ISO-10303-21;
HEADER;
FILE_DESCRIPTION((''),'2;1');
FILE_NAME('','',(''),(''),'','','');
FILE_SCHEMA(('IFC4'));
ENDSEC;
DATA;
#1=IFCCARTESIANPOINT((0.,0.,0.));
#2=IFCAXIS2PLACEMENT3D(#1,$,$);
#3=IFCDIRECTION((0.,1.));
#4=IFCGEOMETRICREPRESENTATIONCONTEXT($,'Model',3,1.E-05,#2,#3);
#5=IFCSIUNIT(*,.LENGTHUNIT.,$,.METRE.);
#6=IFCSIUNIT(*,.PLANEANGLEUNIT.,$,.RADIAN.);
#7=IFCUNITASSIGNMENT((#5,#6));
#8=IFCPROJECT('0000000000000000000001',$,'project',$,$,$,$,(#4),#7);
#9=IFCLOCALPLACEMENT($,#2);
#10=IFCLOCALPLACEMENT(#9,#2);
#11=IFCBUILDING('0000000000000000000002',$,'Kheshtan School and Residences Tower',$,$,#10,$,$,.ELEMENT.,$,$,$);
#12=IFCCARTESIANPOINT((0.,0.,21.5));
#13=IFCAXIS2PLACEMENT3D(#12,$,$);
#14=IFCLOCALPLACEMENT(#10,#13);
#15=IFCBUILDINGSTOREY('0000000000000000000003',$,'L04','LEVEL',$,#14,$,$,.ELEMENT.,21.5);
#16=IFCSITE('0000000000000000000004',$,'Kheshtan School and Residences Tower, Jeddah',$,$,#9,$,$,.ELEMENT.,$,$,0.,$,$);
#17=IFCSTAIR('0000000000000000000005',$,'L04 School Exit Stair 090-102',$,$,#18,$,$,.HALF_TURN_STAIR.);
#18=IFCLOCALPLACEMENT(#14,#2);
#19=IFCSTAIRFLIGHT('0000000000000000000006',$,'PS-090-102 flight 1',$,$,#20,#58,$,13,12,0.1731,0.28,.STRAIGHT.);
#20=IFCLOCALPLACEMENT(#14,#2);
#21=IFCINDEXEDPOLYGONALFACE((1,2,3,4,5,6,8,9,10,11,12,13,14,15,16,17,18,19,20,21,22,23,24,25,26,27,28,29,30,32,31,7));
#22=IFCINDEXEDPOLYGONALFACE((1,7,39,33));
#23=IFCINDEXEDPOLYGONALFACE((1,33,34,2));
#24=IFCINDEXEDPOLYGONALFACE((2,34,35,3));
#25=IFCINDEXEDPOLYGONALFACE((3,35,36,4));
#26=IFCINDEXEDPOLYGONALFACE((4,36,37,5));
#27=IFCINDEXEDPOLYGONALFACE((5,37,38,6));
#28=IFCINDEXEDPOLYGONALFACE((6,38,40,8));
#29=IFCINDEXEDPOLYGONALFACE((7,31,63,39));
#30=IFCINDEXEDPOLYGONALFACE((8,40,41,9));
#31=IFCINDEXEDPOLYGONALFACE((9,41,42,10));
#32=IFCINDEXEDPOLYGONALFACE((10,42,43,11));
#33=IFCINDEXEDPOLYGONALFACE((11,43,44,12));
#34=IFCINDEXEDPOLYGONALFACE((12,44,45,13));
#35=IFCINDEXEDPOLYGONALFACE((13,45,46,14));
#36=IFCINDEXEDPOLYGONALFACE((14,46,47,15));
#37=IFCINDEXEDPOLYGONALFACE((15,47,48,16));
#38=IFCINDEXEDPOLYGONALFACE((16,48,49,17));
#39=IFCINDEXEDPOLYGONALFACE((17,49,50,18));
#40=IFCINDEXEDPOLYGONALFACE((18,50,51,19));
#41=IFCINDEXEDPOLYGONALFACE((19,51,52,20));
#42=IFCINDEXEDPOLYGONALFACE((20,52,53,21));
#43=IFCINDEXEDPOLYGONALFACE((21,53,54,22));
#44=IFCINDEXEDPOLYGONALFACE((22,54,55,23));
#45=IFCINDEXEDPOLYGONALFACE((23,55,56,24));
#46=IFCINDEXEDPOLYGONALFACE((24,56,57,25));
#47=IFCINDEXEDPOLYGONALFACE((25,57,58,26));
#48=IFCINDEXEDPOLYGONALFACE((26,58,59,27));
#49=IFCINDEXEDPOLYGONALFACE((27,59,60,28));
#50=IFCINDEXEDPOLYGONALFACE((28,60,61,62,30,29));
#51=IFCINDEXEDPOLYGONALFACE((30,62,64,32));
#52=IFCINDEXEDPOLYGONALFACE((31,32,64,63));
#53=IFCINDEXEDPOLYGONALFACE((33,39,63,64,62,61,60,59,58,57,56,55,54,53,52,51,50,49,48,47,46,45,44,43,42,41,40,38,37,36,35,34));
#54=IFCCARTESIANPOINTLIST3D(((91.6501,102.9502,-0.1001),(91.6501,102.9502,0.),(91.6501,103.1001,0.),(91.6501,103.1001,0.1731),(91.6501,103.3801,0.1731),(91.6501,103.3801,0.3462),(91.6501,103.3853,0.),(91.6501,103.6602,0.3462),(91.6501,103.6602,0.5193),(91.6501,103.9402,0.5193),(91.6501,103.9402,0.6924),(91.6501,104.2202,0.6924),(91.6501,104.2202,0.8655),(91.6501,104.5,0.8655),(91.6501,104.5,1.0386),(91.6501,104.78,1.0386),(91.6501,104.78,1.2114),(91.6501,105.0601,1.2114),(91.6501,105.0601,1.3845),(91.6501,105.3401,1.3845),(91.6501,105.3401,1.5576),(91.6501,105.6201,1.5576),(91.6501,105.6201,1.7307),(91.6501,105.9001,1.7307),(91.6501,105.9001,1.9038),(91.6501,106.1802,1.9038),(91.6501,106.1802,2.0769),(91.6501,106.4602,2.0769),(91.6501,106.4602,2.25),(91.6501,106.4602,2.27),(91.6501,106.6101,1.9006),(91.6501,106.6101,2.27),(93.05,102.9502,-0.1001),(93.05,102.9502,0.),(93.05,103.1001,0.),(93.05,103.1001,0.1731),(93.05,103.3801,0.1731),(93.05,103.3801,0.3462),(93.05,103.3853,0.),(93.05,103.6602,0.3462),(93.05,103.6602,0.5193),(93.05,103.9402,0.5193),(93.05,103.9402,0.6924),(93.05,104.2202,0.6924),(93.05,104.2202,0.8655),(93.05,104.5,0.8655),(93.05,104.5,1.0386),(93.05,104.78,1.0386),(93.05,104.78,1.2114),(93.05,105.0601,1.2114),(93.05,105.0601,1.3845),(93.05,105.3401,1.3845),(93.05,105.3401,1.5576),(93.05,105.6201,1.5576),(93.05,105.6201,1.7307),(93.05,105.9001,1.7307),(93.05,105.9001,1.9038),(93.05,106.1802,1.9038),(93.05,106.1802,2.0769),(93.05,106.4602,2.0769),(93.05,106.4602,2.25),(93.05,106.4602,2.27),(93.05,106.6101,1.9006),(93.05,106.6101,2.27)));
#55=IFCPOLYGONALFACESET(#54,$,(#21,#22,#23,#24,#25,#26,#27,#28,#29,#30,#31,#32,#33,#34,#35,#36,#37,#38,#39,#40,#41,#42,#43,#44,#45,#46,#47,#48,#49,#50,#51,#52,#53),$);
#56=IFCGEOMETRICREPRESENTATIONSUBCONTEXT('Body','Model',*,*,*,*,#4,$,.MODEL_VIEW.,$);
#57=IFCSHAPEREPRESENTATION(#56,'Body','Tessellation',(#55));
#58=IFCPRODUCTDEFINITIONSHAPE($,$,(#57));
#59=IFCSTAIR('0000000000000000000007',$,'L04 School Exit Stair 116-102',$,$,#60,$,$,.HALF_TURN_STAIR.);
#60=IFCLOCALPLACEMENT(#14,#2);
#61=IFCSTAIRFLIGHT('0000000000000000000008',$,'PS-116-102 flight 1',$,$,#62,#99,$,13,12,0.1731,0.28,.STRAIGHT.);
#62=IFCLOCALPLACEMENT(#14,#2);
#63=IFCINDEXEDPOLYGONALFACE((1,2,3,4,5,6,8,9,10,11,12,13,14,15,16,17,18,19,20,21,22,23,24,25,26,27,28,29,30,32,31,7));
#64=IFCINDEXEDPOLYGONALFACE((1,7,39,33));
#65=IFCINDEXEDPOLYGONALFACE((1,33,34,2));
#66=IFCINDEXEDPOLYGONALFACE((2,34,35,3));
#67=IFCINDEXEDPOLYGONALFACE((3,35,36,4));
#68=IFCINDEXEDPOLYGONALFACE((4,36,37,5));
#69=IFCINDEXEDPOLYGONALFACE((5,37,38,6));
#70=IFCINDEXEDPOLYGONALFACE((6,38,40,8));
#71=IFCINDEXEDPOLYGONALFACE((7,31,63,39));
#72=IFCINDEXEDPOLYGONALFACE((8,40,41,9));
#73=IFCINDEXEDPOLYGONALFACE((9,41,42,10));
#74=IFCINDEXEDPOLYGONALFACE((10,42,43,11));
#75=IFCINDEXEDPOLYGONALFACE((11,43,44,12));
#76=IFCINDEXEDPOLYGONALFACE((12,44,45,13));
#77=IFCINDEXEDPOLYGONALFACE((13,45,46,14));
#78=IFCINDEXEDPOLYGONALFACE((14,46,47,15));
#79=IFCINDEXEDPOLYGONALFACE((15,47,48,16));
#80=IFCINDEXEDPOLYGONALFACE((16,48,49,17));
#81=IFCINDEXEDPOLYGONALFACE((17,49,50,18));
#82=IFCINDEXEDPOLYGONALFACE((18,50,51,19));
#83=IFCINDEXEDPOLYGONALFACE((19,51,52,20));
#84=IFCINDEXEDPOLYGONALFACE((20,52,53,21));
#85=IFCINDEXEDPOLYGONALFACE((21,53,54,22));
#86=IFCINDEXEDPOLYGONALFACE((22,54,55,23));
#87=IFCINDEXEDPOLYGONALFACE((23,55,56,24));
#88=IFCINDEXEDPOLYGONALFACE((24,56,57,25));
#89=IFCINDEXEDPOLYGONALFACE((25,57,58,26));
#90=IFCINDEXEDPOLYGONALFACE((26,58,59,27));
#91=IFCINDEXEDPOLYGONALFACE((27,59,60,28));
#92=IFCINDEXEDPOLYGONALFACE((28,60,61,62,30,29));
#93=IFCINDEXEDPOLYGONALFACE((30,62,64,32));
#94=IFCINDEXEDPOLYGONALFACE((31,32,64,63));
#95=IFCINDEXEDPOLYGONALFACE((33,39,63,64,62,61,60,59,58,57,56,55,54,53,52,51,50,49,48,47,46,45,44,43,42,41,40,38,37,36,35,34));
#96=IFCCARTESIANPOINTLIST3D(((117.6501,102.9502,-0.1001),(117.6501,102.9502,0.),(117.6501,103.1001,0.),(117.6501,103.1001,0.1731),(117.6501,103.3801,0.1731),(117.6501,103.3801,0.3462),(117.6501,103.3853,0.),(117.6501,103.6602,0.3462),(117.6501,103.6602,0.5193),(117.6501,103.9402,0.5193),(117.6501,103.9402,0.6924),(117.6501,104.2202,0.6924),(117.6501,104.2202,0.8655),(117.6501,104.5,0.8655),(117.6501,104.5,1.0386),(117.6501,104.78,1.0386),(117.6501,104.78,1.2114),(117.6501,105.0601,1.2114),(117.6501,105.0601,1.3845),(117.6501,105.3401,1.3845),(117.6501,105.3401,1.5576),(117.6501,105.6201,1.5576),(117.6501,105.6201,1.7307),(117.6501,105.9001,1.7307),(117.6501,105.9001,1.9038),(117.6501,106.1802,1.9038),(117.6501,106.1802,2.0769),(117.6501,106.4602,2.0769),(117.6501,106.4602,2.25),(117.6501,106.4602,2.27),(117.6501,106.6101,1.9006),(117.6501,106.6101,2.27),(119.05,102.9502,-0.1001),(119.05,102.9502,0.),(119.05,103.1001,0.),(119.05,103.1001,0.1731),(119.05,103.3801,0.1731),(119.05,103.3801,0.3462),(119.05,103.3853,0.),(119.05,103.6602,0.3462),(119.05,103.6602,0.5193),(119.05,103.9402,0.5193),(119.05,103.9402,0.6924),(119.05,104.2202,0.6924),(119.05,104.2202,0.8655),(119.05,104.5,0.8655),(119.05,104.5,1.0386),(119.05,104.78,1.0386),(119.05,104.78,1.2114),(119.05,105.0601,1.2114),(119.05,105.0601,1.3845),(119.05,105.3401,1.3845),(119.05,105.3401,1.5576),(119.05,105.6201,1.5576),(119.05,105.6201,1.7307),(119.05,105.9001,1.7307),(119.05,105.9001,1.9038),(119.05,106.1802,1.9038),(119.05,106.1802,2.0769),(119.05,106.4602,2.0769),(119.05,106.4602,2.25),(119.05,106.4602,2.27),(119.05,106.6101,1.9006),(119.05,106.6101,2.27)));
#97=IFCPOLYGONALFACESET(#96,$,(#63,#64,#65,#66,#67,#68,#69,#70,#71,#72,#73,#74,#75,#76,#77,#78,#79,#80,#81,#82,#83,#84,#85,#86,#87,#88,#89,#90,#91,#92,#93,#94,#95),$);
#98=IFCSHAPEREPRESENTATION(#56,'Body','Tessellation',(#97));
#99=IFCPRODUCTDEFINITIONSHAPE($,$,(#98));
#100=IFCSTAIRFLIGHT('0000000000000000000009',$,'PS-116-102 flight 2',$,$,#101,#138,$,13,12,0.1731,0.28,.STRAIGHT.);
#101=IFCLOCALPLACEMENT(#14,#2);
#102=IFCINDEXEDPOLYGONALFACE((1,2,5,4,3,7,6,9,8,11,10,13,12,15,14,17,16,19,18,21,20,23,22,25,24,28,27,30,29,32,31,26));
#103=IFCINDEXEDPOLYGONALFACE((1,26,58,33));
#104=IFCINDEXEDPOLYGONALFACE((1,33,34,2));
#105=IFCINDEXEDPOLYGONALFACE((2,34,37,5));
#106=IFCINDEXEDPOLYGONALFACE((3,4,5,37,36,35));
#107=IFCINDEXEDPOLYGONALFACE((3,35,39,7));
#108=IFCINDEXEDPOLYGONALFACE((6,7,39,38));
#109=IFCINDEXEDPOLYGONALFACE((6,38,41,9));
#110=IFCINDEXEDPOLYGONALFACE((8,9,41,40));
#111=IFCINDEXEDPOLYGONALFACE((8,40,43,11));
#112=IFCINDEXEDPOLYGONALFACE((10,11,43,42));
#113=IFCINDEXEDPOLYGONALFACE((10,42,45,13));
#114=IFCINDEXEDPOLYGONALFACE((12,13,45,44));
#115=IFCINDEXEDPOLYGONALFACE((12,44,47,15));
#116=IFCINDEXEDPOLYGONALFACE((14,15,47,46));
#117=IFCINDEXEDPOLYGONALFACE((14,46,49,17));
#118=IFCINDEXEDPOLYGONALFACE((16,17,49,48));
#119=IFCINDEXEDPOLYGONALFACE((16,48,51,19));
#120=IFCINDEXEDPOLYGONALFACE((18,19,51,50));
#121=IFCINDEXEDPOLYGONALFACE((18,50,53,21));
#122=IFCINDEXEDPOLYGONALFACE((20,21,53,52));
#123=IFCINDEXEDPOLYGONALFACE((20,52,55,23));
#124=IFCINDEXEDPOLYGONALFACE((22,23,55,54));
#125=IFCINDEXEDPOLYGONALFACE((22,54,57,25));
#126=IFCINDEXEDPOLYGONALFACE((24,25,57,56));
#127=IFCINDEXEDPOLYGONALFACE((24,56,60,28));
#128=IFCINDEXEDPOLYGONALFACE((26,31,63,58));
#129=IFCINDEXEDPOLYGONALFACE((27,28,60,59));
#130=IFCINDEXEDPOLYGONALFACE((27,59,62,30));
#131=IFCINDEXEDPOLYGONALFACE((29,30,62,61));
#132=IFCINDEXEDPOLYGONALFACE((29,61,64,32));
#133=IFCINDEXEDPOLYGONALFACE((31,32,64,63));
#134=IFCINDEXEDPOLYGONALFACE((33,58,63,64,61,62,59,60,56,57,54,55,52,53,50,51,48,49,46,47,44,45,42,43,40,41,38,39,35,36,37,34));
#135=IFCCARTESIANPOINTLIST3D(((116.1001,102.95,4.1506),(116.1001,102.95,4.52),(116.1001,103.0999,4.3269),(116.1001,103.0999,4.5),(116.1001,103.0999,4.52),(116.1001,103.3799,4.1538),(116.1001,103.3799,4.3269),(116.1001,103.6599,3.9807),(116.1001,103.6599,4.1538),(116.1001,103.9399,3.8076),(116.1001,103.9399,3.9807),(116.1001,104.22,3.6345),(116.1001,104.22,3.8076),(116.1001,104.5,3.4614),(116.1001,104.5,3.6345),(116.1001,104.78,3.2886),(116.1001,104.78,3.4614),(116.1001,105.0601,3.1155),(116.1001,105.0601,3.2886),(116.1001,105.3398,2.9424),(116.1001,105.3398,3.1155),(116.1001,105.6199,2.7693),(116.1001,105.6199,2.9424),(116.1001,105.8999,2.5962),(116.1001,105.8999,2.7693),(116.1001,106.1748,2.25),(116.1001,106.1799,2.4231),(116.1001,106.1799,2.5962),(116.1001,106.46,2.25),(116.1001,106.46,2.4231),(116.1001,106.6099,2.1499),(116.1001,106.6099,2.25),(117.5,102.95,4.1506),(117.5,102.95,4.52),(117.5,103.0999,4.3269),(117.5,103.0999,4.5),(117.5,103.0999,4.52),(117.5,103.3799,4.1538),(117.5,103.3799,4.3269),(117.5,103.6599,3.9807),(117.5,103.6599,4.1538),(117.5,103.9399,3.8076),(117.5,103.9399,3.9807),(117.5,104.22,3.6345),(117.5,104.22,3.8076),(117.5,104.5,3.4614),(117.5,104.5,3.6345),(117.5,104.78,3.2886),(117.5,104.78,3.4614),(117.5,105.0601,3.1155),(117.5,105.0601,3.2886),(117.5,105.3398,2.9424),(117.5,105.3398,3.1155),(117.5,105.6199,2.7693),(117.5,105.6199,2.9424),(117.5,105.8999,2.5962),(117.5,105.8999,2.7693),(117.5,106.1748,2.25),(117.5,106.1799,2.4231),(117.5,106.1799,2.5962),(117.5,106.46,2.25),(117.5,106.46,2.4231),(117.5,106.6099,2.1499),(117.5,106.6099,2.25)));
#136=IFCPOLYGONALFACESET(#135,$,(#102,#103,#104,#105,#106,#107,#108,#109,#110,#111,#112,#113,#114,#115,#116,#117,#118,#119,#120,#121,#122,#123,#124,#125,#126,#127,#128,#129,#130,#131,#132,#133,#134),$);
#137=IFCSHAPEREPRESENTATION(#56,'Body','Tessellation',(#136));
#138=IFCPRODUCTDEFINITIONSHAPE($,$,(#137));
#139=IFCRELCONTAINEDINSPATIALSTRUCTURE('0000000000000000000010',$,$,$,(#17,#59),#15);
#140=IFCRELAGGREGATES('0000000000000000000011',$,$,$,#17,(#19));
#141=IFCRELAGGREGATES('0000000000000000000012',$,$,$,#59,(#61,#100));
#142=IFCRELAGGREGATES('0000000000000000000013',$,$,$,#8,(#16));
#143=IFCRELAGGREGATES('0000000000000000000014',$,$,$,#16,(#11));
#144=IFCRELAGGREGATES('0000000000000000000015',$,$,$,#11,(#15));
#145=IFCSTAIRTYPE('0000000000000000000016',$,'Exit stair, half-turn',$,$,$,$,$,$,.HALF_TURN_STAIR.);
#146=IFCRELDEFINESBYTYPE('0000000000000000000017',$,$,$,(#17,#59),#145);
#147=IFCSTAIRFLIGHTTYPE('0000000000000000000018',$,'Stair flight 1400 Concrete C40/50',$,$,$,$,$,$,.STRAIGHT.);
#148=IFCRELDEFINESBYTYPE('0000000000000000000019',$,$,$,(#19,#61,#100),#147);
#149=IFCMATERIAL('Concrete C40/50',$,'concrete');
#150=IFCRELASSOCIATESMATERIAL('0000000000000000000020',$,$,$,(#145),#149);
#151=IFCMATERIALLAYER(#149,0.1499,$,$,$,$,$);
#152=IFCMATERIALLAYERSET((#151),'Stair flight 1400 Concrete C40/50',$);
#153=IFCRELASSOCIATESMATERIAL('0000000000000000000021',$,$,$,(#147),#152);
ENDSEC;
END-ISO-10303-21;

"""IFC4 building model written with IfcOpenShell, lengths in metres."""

from ifc_helpers import new_model, si_unit, direction, frame, origin, place, context, subcontext, project, spatial, polyline, outline, extrude, material, layer, layer_set, type_object, element, aggregate, save


model = new_model("IFC4")

# Units and contexts
model_context = context("Model", 3, precision=1e-05, world=origin(), true_north=direction((0.0, 1.0)))
body_context = subcontext(model_context, "Body", "Model", "MODEL_VIEW")
ifc_project = project(units=[si_unit("LENGTHUNIT", "METRE"), si_unit("PLANEANGLEUNIT", "RADIAN")], contexts=[model_context])

# Site, building, storey
site_placement = place(None, origin())
site = spatial("IfcSite", under=ifc_project, at=site_placement, Name="Kheshtan School and Residences Tower, Jeddah", CompositionType="ELEMENT", RefElevation=0.0)
building_placement = place(site_placement, origin())
building = spatial("IfcBuilding", under=site, at=building_placement, Name="Kheshtan School and Residences Tower", CompositionType="ELEMENT")
storey_placement = place(building_placement, frame((0.0, 0.0, 21.5)))
storey = spatial("IfcBuildingStorey", under=building, at=storey_placement, Name="L04", Description="LEVEL", CompositionType="ELEMENT", Elevation=21.5)

# Shared definitions
ifc_material_1 = material(Name="Concrete C40/50", Category="concrete")

# Stair, stair flight
stair_type = type_object("IfcStairType", Name="Exit stair, half-turn", PredefinedType="HALF_TURN_STAIR", material=ifc_material_1)
stair_1_placement = place(storey_placement, origin())
stair_1 = element("IfcStair", 1, at=stair_1_placement, inside=storey, type_object=stair_type, Name="L04 School Exit Stair 090-102", PredefinedType="HALF_TURN_STAIR")
ifc_layer_1 = layer(ifc_material_1, 0.1499)
ifc_layer_set_1 = layer_set([ifc_layer_1], Name="Stair flight 1400 Concrete C40/50")
stair_flight_type = type_object("IfcStairFlightType", Name="Stair flight 1400 Concrete C40/50", PredefinedType="STRAIGHT", material=ifc_layer_set_1)
stair_flight_1_placement = place(storey_placement, frame((92.3501, 103.1001, 0.0), z_axis=(0.0, 0.0, 1.0), x_axis=(0.0, 1.0, 0.0)))
stair_flight_1 = element("IfcStairFlight", 2, at=stair_flight_1_placement, type_object=stair_flight_type, Name="PS-090-102 flight 1", NumberOfRisers=13, NumberOfTreads=12, PredefinedType="STRAIGHT", RiserHeight=0.1731, TreadLength=0.28, context=body_context, shape_type="SweptSolid", body=[
    extrude(outline(polyline([(-0.1499, -0.1001), (-0.1499, 0.0), (0.0, 0.0), (0.0, 0.1731), (0.28, 0.1731), (0.28, 0.3462), (0.5601, 0.3462), (0.5601, 0.5193), (0.8401, 0.5193), (0.8401, 0.6924), (1.1201, 0.6924), (1.1201, 0.8655), (1.3999, 0.8655), (1.3999, 1.0386), (1.6799, 1.0386), (1.6799, 1.2114), (1.96, 1.2114), (1.96, 1.3845), (2.24, 1.3845), (2.24, 1.5576), (2.52, 1.5576), (2.52, 1.7307), (2.8, 1.7307), (2.8, 1.9038), (3.0801, 1.9038), (3.0801, 2.0769), (3.3601, 2.0769), (3.3601, 2.25), (3.3601, 2.27), (3.51, 2.27), (3.51, 1.9006), (0.2852, 0.0), (-0.1499, -0.1001)])), frame((0.0, 0.7, 0.0), z_axis=(0.0, -1.0, 0.0), x_axis=(1.0, 0.0, 0.0)), (0.0, 0.0, 1.0), 1.3999),
])
aggregate(stair_1, [stair_flight_1])

# Stair, stair flights
stair_2_placement = place(storey_placement, origin())
stair_2 = element("IfcStair", 3, at=stair_2_placement, inside=storey, type_object=stair_type, Name="L04 School Exit Stair 116-102", PredefinedType="HALF_TURN_STAIR")
stair_flight_2_placement = place(storey_placement, frame((118.3501, 103.1001, 0.0), z_axis=(0.0, 0.0, 1.0), x_axis=(0.0, 1.0, 0.0)))
stair_flight_2 = element("IfcStairFlight", 4, at=stair_flight_2_placement, type_object=stair_flight_type, Name="PS-116-102 flight 1", NumberOfRisers=13, NumberOfTreads=12, PredefinedType="STRAIGHT", RiserHeight=0.1731, TreadLength=0.28, context=body_context, shape_type="SweptSolid", body=[
    extrude(outline(polyline([(-0.1499, -0.1001), (-0.1499, 0.0), (0.0, 0.0), (0.0, 0.1731), (0.28, 0.1731), (0.28, 0.3462), (0.5601, 0.3462), (0.5601, 0.5193), (0.8401, 0.5193), (0.8401, 0.6924), (1.1201, 0.6924), (1.1201, 0.8655), (1.3999, 0.8655), (1.3999, 1.0386), (1.6799, 1.0386), (1.6799, 1.2114), (1.96, 1.2114), (1.96, 1.3845), (2.24, 1.3845), (2.24, 1.5576), (2.52, 1.5576), (2.52, 1.7307), (2.8, 1.7307), (2.8, 1.9038), (3.0801, 1.9038), (3.0801, 2.0769), (3.3601, 2.0769), (3.3601, 2.25), (3.3601, 2.27), (3.51, 2.27), (3.51, 1.9006), (0.2852, 0.0), (-0.1499, -0.1001)])), frame((0.0, 0.7, 0.0), z_axis=(0.0, -1.0, 0.0), x_axis=(1.0, 0.0, 0.0)), (0.0, 0.0, 1.0), 1.3999),
])
stair_flight_3_placement = place(storey_placement, frame((116.8, 106.46, 2.25), z_axis=(0.0, 0.0, 1.0), x_axis=(0.0, -1.0, 0.0)))
stair_flight_3 = element("IfcStairFlight", 5, at=stair_flight_3_placement, type_object=stair_flight_type, Name="PS-116-102 flight 2", NumberOfRisers=13, NumberOfTreads=12, PredefinedType="STRAIGHT", RiserHeight=0.1731, TreadLength=0.28, context=body_context, shape_type="SweptSolid", body=[
    extrude(outline(polyline([(-0.1499, -0.1001), (-0.1499, 0.0), (0.0, 0.0), (0.0, 0.1731), (0.28, 0.1731), (0.28, 0.3462), (0.5601, 0.3462), (0.5601, 0.5193), (0.8401, 0.5193), (0.8401, 0.6924), (1.1201, 0.6924), (1.1201, 0.8655), (1.3999, 0.8655), (1.3999, 1.0386), (1.6799, 1.0386), (1.6799, 1.2114), (1.96, 1.2114), (1.96, 1.3845), (2.24, 1.3845), (2.24, 1.5576), (2.52, 1.5576), (2.52, 1.7307), (2.8, 1.7307), (2.8, 1.9038), (3.0801, 1.9038), (3.0801, 2.0769), (3.3601, 2.0769), (3.3601, 2.25), (3.3601, 2.27), (3.51, 2.27), (3.51, 1.9006), (0.2852, 0.0), (-0.1499, -0.1001)])), frame((0.0, 0.7, 0.0), z_axis=(0.0, -1.0, 0.0), x_axis=(1.0, 0.0, 0.0)), (0.0, 0.0, 1.0), 1.3999),
])
aggregate(stair_2, [stair_flight_2, stair_flight_3])

save(model, "model.ifc")
